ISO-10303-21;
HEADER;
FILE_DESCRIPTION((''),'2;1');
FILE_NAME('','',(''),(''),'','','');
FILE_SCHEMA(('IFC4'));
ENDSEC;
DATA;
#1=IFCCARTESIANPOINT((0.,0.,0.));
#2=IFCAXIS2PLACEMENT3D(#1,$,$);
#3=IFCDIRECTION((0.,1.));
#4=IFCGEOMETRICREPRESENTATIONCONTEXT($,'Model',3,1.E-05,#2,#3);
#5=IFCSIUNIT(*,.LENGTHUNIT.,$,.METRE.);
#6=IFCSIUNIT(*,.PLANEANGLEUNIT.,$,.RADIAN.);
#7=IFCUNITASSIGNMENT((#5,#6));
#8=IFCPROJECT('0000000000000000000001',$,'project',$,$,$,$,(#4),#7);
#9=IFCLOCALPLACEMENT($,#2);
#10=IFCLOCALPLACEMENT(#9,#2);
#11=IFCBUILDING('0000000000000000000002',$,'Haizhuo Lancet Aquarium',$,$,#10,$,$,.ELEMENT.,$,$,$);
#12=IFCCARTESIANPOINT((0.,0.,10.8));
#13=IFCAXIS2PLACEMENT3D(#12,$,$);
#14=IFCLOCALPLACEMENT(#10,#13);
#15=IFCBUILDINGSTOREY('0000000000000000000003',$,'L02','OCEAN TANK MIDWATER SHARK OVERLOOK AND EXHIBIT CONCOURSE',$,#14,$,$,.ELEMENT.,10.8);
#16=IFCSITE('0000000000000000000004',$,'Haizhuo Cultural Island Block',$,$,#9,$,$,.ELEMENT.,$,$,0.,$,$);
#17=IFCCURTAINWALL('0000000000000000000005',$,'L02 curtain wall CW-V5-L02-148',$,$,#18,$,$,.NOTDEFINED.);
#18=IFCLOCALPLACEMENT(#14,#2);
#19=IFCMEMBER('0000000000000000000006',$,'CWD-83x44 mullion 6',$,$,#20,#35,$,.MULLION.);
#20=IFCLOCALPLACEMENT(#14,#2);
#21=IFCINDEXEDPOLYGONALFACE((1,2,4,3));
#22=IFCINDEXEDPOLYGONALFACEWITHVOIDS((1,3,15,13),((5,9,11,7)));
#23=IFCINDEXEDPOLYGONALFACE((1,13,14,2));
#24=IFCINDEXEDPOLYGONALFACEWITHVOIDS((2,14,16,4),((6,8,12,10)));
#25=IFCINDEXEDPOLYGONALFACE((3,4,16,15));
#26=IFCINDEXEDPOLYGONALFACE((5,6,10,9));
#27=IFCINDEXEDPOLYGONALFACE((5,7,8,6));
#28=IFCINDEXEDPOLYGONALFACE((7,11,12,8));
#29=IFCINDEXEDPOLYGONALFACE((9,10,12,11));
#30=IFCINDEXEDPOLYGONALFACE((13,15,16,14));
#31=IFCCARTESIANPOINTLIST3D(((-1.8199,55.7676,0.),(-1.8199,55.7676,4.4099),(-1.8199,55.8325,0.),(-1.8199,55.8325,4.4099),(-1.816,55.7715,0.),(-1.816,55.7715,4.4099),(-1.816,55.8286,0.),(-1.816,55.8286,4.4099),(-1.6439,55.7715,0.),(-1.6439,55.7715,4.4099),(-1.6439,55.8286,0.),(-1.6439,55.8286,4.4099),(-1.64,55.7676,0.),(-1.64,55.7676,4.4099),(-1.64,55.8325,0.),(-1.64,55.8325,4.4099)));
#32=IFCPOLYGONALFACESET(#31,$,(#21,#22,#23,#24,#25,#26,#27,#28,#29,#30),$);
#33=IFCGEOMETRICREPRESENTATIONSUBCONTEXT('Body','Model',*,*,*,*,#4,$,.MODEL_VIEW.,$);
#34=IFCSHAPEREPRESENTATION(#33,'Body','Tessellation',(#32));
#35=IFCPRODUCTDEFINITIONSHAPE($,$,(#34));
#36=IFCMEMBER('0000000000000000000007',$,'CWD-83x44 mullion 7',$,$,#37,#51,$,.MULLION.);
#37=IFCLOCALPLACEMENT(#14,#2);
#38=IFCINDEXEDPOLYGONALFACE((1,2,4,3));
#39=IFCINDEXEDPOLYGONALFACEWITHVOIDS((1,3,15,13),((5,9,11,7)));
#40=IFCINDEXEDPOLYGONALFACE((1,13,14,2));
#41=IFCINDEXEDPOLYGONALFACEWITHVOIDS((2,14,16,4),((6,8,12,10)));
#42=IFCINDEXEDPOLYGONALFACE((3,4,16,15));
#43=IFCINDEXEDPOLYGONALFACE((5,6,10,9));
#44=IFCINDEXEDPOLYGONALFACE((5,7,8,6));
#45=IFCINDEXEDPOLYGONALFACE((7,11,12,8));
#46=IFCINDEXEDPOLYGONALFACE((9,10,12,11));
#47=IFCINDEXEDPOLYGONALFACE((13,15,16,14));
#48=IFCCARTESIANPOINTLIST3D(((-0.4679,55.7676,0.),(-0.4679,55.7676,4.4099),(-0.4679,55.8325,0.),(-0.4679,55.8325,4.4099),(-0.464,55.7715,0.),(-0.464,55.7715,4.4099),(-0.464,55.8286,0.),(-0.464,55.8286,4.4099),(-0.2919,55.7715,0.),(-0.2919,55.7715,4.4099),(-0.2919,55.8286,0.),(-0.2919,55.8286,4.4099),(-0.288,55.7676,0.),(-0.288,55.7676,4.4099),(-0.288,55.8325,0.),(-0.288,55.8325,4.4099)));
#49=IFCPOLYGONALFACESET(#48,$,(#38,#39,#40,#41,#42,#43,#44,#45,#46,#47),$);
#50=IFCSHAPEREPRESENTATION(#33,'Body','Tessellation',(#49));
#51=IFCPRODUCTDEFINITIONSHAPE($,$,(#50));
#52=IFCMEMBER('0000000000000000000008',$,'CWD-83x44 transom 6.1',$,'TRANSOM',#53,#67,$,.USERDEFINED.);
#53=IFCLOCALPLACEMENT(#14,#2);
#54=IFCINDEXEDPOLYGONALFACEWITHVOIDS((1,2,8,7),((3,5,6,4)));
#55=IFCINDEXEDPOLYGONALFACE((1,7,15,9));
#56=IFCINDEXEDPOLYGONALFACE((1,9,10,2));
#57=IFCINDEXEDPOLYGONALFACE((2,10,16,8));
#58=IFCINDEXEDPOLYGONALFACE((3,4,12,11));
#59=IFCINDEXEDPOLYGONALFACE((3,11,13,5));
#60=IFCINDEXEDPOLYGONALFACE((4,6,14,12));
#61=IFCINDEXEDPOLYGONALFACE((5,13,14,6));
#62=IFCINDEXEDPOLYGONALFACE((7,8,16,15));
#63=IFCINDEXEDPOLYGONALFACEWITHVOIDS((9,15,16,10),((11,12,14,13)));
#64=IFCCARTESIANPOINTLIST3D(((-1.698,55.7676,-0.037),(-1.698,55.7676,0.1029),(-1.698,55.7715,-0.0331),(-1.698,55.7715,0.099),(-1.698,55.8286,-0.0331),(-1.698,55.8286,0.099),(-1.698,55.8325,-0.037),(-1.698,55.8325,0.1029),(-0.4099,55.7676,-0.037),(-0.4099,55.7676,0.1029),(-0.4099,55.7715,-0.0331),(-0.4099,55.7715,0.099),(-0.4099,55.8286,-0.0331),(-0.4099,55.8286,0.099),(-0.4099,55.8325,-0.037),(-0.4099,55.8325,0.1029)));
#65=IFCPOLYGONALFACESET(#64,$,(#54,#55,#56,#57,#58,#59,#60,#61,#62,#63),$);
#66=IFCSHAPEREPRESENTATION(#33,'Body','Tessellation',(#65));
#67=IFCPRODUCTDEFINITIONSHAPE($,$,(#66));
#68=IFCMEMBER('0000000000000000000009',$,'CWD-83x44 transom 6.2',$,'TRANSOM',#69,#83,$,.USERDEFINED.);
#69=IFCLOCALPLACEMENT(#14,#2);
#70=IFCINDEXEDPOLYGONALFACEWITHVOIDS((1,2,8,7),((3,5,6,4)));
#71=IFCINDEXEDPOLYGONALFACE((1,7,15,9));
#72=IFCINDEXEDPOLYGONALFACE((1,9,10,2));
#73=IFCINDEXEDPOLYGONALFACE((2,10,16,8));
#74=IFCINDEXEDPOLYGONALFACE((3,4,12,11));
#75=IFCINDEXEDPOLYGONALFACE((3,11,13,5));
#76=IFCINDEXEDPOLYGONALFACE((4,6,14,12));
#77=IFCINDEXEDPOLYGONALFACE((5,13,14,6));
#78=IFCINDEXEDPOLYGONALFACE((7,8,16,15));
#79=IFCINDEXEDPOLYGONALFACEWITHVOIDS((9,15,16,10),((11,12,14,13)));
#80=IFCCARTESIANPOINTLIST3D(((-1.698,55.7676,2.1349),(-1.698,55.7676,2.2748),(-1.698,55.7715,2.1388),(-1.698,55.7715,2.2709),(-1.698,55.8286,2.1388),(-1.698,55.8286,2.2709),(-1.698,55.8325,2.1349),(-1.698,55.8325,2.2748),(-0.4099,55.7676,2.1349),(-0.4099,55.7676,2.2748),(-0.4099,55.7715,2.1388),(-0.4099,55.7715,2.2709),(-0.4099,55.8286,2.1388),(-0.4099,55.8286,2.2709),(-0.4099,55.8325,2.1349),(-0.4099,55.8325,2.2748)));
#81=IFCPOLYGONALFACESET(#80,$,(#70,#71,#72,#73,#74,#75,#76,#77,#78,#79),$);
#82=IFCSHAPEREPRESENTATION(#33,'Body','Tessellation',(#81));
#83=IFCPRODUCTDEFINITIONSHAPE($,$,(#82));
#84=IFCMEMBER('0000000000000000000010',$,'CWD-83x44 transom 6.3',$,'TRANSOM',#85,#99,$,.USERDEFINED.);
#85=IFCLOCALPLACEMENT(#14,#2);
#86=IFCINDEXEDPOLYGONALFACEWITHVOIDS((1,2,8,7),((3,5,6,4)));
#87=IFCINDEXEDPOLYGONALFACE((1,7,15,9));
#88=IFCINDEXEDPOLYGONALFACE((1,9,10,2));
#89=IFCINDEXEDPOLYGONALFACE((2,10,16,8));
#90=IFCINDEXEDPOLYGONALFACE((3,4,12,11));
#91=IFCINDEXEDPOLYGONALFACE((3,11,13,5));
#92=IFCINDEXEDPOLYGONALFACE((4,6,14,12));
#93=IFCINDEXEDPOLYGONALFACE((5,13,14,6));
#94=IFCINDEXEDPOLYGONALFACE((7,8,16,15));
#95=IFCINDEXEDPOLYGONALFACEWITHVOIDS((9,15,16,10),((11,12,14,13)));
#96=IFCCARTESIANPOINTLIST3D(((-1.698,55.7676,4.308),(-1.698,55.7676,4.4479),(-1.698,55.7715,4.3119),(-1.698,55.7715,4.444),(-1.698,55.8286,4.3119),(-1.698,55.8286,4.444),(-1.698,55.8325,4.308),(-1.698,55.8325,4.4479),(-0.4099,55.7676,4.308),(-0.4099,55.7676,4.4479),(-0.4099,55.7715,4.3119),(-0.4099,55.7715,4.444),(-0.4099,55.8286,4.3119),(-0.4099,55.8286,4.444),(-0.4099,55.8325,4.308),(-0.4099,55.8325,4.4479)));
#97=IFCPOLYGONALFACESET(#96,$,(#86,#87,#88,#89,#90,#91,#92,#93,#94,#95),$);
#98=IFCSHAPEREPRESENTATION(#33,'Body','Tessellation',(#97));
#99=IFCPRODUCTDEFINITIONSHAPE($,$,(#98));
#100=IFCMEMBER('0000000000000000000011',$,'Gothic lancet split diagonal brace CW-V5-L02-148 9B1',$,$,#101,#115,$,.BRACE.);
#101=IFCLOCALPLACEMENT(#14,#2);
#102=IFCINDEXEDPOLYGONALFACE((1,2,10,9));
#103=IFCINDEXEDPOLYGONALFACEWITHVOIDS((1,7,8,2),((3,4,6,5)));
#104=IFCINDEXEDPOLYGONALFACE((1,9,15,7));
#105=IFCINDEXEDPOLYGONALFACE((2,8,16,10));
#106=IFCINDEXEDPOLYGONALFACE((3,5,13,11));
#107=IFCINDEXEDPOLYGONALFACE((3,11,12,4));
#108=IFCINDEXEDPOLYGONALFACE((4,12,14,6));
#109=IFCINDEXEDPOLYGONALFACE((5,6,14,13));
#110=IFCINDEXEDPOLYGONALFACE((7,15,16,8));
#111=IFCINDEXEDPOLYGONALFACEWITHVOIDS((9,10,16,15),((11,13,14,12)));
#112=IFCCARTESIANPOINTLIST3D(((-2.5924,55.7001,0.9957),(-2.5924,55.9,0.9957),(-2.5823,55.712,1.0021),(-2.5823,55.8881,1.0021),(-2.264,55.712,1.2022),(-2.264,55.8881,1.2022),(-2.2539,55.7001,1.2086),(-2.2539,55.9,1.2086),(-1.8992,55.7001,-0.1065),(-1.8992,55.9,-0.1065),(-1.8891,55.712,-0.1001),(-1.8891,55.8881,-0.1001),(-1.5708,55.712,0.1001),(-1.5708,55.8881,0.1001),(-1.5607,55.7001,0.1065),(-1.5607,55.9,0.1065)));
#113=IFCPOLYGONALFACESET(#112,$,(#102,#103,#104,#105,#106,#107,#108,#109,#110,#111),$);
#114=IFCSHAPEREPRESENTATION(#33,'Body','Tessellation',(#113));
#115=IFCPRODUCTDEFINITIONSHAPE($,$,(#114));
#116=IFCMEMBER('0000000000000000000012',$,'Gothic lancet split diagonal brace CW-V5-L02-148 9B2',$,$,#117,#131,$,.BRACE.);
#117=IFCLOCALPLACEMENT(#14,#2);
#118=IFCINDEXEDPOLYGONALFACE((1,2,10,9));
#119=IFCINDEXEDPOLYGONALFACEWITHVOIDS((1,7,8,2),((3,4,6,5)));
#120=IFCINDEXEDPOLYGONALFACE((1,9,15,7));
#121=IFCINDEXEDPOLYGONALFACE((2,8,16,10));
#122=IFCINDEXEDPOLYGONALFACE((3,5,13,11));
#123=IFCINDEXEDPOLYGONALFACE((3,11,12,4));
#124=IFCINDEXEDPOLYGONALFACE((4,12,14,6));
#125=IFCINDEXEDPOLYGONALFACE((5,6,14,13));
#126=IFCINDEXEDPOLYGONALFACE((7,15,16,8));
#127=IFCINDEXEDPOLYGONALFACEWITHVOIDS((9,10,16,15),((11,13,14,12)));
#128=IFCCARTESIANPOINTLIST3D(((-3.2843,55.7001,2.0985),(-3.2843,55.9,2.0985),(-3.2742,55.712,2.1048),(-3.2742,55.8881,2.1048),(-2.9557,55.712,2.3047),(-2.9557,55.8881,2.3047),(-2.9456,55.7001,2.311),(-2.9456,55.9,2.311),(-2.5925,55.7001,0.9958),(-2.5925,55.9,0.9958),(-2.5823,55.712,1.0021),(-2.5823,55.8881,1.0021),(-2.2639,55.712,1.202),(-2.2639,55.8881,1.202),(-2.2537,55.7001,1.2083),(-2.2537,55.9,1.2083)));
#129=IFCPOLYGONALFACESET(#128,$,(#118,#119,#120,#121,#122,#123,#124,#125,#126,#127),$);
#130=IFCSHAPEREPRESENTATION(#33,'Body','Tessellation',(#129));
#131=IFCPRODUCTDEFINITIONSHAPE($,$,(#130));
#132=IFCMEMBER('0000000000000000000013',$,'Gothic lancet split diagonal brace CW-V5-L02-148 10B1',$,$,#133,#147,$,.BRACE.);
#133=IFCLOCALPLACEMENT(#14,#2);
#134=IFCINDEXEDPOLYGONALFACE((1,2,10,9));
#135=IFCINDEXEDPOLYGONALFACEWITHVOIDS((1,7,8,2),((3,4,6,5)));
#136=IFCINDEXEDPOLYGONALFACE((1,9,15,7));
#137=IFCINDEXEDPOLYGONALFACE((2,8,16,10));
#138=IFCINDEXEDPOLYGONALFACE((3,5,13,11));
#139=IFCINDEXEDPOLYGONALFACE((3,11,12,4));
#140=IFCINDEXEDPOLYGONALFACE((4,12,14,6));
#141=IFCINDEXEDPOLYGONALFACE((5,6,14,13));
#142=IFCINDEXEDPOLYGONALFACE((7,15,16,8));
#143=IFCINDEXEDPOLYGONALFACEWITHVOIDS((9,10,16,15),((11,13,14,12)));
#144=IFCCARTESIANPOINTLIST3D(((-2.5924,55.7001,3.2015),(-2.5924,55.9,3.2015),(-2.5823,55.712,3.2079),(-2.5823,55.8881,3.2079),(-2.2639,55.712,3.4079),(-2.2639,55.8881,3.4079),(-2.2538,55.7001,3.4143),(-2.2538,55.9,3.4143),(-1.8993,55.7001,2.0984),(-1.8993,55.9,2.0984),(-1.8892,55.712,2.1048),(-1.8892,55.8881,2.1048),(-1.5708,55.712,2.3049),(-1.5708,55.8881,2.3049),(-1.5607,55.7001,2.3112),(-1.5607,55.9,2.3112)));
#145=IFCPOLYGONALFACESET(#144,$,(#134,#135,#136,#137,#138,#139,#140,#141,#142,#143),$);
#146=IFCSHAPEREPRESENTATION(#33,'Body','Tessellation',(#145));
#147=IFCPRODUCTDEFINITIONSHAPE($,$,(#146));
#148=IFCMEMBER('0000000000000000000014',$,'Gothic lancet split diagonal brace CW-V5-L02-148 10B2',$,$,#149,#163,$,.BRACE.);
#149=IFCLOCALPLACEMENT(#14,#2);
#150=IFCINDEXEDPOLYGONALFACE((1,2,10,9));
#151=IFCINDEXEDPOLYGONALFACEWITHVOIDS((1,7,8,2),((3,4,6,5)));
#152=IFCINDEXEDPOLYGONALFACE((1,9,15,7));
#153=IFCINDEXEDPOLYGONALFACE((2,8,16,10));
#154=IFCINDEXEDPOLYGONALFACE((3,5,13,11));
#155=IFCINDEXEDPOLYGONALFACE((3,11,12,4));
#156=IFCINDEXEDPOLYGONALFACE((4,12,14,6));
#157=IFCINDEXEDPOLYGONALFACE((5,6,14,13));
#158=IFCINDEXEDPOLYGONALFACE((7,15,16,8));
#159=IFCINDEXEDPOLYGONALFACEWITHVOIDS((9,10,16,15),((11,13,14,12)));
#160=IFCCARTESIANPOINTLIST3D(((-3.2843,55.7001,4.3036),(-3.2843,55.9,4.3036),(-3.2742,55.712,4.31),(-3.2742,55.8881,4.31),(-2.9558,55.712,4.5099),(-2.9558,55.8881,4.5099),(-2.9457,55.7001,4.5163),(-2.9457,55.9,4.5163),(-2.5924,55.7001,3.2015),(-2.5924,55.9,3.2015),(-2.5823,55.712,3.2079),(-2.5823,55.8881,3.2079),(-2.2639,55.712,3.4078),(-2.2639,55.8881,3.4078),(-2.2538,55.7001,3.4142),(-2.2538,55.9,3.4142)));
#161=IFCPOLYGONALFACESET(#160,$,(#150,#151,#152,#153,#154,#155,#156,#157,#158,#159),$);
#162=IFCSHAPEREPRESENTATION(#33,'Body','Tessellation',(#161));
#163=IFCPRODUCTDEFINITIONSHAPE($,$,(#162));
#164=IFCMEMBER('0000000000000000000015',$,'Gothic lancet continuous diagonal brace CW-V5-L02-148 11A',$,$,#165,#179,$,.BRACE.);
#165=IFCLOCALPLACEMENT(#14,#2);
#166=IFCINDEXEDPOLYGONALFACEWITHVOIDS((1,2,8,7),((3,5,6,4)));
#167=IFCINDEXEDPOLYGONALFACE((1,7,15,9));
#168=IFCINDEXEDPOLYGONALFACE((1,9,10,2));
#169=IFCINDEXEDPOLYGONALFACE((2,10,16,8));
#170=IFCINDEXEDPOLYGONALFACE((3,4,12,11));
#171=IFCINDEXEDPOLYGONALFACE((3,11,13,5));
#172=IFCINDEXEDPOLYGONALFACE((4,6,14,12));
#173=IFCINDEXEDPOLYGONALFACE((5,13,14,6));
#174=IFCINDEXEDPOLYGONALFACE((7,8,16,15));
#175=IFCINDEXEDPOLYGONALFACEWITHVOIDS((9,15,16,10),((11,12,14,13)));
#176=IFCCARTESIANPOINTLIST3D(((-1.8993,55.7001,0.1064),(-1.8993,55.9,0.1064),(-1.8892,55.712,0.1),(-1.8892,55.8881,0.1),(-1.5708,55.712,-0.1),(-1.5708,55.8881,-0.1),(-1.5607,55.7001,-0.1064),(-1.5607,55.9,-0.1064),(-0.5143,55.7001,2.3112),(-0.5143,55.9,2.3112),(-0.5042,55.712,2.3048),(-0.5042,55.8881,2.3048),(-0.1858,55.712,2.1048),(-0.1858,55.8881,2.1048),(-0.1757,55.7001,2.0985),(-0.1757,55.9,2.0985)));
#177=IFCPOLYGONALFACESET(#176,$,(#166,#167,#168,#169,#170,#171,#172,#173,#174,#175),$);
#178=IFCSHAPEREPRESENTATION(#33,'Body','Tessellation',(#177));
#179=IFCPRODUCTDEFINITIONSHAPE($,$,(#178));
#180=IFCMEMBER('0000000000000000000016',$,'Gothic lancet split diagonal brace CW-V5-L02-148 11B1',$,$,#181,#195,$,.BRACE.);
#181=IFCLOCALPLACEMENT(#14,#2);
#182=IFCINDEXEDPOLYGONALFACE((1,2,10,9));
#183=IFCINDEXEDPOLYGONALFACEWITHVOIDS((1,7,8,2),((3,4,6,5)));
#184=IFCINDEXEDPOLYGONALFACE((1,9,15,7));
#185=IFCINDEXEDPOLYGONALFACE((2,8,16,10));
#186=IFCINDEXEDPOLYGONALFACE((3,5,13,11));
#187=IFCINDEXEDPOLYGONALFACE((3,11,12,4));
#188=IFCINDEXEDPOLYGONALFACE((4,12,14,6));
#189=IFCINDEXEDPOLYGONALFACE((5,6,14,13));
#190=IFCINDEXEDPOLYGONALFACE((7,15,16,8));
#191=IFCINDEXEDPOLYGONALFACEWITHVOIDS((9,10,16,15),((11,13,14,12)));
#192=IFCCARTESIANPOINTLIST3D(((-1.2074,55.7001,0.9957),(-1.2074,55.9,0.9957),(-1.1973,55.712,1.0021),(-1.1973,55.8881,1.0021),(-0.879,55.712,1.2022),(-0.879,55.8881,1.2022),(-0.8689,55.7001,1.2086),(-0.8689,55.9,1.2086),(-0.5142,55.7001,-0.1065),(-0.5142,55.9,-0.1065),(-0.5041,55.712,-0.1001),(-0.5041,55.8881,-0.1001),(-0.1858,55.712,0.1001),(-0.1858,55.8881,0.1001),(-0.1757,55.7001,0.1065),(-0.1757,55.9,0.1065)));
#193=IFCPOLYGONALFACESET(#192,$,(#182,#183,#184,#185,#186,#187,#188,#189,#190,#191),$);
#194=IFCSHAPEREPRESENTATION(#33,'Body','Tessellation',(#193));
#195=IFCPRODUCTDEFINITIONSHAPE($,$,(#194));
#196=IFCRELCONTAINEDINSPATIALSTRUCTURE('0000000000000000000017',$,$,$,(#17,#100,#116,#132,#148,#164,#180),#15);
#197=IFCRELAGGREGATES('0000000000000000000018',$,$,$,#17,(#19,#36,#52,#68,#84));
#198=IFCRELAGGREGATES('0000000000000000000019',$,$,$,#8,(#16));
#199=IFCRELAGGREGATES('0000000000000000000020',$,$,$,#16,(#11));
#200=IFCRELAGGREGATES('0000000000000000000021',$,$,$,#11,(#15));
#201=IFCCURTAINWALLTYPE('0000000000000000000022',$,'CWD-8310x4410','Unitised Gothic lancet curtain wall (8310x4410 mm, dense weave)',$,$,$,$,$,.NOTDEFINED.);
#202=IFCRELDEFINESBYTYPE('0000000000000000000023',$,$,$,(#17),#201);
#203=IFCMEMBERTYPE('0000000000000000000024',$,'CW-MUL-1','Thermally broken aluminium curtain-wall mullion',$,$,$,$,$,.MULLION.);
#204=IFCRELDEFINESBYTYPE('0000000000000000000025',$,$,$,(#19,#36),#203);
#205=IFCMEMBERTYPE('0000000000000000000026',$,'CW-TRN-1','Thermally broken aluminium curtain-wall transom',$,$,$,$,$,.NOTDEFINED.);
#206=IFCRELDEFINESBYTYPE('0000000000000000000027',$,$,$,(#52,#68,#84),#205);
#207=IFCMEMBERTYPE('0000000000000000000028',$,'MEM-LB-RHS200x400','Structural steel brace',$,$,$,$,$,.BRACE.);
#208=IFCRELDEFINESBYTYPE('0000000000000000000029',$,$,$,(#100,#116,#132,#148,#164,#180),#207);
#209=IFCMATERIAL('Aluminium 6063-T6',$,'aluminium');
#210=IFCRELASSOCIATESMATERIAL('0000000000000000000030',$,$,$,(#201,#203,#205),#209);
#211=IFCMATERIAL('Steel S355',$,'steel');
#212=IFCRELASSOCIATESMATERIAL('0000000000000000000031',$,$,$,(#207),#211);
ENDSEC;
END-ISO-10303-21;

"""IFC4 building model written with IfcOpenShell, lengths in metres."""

from ifc_helpers import new_model, si_unit, direction, frame, origin, origin_2d, place, context, subcontext, project, spatial, hollow_rectangle, extrude, material, material_profile, profile_set, type_object, element, aggregate, save


model = new_model("IFC4")

# Units and contexts
model_context = context("Model", 3, precision=1e-05, world=origin(), true_north=direction((0.0, 1.0)))
body_context = subcontext(model_context, "Body", "Model", "MODEL_VIEW")
ifc_project = project(units=[si_unit("LENGTHUNIT", "METRE"), si_unit("PLANEANGLEUNIT", "RADIAN")], contexts=[model_context])

# Site, building, storey
site_placement = place(None, origin())
site = spatial("IfcSite", under=ifc_project, at=site_placement, Name="Haizhuo Cultural Island Block", CompositionType="ELEMENT", RefElevation=0.0)
building_placement = place(site_placement, origin())
building = spatial("IfcBuilding", under=site, at=building_placement, Name="Haizhuo Lancet Aquarium", CompositionType="ELEMENT")
storey_placement = place(building_placement, frame((0.0, 0.0, 10.8)))
storey = spatial("IfcBuildingStorey", under=building, at=storey_placement, Name="L02", Description="OCEAN TANK MIDWATER SHARK OVERLOOK AND EXHIBIT CONCOURSE", CompositionType="ELEMENT", Elevation=10.8)

# Curtain wall, members
ifc_material_1 = material(Name="Aluminium 6063-T6", Category="aluminium")
curtain_wall_type = type_object("IfcCurtainWallType", Name="CWD-8310x4410", Description="Unitised Gothic lancet curtain wall (8310x4410 mm, dense weave)", PredefinedType="NOTDEFINED", material=ifc_material_1)
curtain_wall_placement = place(storey_placement, origin())
curtain_wall = element("IfcCurtainWall", 1, at=curtain_wall_placement, inside=storey, type_object=curtain_wall_type, Name="L02 curtain wall CW-V5-L02-148", PredefinedType="NOTDEFINED")
ifc_material_profile_1 = material_profile(ifc_material_1, hollow_rectangle(XDim=0.0649, YDim=0.1799, WallThickness=0.0039, at=origin_2d()), Name="ALU-M 65x180x4")
ifc_profile_set_1 = profile_set([ifc_material_profile_1], Name="Aluminium 6063-T6")
member_type_1 = type_object("IfcMemberType", Name="CW-MUL-1", Description="Thermally broken aluminium curtain-wall mullion", PredefinedType="MULLION", material=ifc_profile_set_1)
member_1_placement = place(storey_placement, frame((-1.73, 55.8, 0.0), z_axis=(0.0, 0.0, 1.0), x_axis=(0.0, 1.0, 0.0)))
member_1 = element("IfcMember", 2, at=member_1_placement, type_object=member_type_1, Name="CWD-83x44 mullion 6", PredefinedType="MULLION", context=body_context, shape_type="SweptSolid", body=[
    extrude(hollow_rectangle(XDim=0.0649, YDim=0.1799, WallThickness=0.0039, at=origin_2d()), origin(), (0.0, 0.0, 1.0), 4.4099),
])
member_2_placement = place(storey_placement, frame((-0.3779, 55.8, 0.0), z_axis=(0.0, 0.0, 1.0), x_axis=(0.0, 1.0, 0.0)))
member_2 = element("IfcMember", 3, at=member_2_placement, type_object=member_type_1, Name="CWD-83x44 mullion 7", PredefinedType="MULLION", context=body_context, shape_type="SweptSolid", body=[
    extrude(hollow_rectangle(XDim=0.0649, YDim=0.1799, WallThickness=0.0039, at=origin_2d()), origin(), (0.0, 0.0, 1.0), 4.4099),
])
ifc_material_profile_2 = material_profile(ifc_material_1, hollow_rectangle(XDim=0.0649, YDim=0.1399, WallThickness=0.0039, at=origin_2d()), Name="ALU-T 65x140x4")
ifc_profile_set_2 = profile_set([ifc_material_profile_2], Name="Aluminium 6063-T6")
member_type_2 = type_object("IfcMemberType", Name="CW-TRN-1", Description="Thermally broken aluminium curtain-wall transom", PredefinedType="NOTDEFINED", material=ifc_profile_set_2)
member_3_placement = place(storey_placement, frame((-1.698, 55.8, 0.033), z_axis=(1.0, 0.0, 0.0), x_axis=(0.0, 1.0, 0.0)))
member_3 = element("IfcMember", 4, at=member_3_placement, type_object=member_type_2, Name="CWD-83x44 transom 6.1", ObjectType="TRANSOM", PredefinedType="USERDEFINED", context=body_context, shape_type="SweptSolid", body=[
    extrude(hollow_rectangle(XDim=0.0649, YDim=0.1399, WallThickness=0.0039, at=origin_2d()), origin(), (0.0, 0.0, 1.0), 1.2881),
])
member_4_placement = place(storey_placement, frame((-1.698, 55.8, 2.2048), z_axis=(1.0, 0.0, 0.0), x_axis=(0.0, 1.0, 0.0)))
member_4 = element("IfcMember", 5, at=member_4_placement, type_object=member_type_2, Name="CWD-83x44 transom 6.2", ObjectType="TRANSOM", PredefinedType="USERDEFINED", context=body_context, shape_type="SweptSolid", body=[
    extrude(hollow_rectangle(XDim=0.0649, YDim=0.1399, WallThickness=0.0039, at=origin_2d()), origin(), (0.0, 0.0, 1.0), 1.2881),
])
member_5_placement = place(storey_placement, frame((-1.698, 55.8, 4.3779), z_axis=(1.0, 0.0, 0.0), x_axis=(0.0, 1.0, 0.0)))
member_5 = element("IfcMember", 6, at=member_5_placement, type_object=member_type_2, Name="CWD-83x44 transom 6.3", ObjectType="TRANSOM", PredefinedType="USERDEFINED", context=body_context, shape_type="SweptSolid", body=[
    extrude(hollow_rectangle(XDim=0.0649, YDim=0.1399, WallThickness=0.0039, at=origin_2d()), origin(), (0.0, 0.0, 1.0), 1.2881),
])

# Members
ifc_material_2 = material(Name="Steel S355", Category="steel")
ifc_material_profile_3 = material_profile(ifc_material_2, hollow_rectangle(XDim=0.2, YDim=0.3999, WallThickness=0.012, at=origin_2d()), Name="RHS 200x400x12")
ifc_profile_set_3 = profile_set([ifc_material_profile_3], Name="Steel S355")
member_type_3 = type_object("IfcMemberType", Name="MEM-LB-RHS200x400", Description="Structural steel brace", PredefinedType="BRACE", material=ifc_profile_set_3)
member_6_placement = place(storey_placement, frame((-1.73, 55.8, 0.0), z_axis=(-0.53239, 0.0, 0.846499), x_axis=(0.0, -1.0, 0.0)))
element("IfcMember", 7, at=member_6_placement, inside=storey, type_object=member_type_3, Name="Gothic lancet split diagonal brace CW-V5-L02-148 9B1", PredefinedType="BRACE", context=body_context, shape_type="SweptSolid", body=[
    extrude(hollow_rectangle(XDim=0.2, YDim=0.3999, WallThickness=0.012, at=origin_2d()), origin(), (0.0, 0.0, 1.0), 1.302),
])
member_7_placement = place(storey_placement, frame((-2.4231, 55.8, 1.1021), z_axis=(-0.531465, 0.0, 0.84708), x_axis=(0.0, -1.0, 0.0)))
element("IfcMember", 8, at=member_7_placement, inside=storey, type_object=member_type_3, Name="Gothic lancet split diagonal brace CW-V5-L02-148 9B2", PredefinedType="BRACE", context=body_context, shape_type="SweptSolid", body=[
    extrude(hollow_rectangle(XDim=0.2, YDim=0.3999, WallThickness=0.012, at=origin_2d()), origin(), (0.0, 0.0, 1.0), 1.3018),
])
member_8_placement = place(storey_placement, frame((-1.73, 55.8, 2.2048), z_axis=(-0.532053, 0.0, 0.846711), x_axis=(0.0, -1.0, 0.0)))
element("IfcMember", 9, at=member_8_placement, inside=storey, type_object=member_type_3, Name="Gothic lancet split diagonal brace CW-V5-L02-148 10B1", PredefinedType="BRACE", context=body_context, shape_type="SweptSolid", body=[
    extrude(hollow_rectangle(XDim=0.2, YDim=0.3999, WallThickness=0.012, at=origin_2d()), origin(), (0.0, 0.0, 1.0), 1.3027),
])
member_9_placement = place(storey_placement, frame((-2.4231, 55.8, 3.3079), z_axis=(-0.531718, 0.0, 0.846921), x_axis=(0.0, -1.0, 0.0)))
element("IfcMember", 10, at=member_9_placement, inside=storey, type_object=member_type_3, Name="Gothic lancet split diagonal brace CW-V5-L02-148 10B2", PredefinedType="BRACE", context=body_context, shape_type="SweptSolid", body=[
    extrude(hollow_rectangle(XDim=0.2, YDim=0.3999, WallThickness=0.012, at=origin_2d()), origin(), (0.0, 0.0, 1.0), 1.3013),
])
member_10_placement = place(storey_placement, frame((-1.73, 55.8, 0.0), z_axis=(0.531928, 0.0, 0.84679), x_axis=(0.0, 1.0, 0.0)))
element("IfcMember", 11, at=member_10_placement, inside=storey, type_object=member_type_3, Name="Gothic lancet continuous diagonal brace CW-V5-L02-148 11A", PredefinedType="BRACE", context=body_context, shape_type="SweptSolid", body=[
    extrude(hollow_rectangle(XDim=0.2, YDim=0.3999, WallThickness=0.012, at=origin_2d()), origin(), (0.0, 0.0, 1.0), 2.6038),
])
member_11_placement = place(storey_placement, frame((-0.345, 55.8, 0.0), z_axis=(-0.53239, 0.0, 0.846499), x_axis=(0.0, -1.0, 0.0)))
element("IfcMember", 12, at=member_11_placement, inside=storey, type_object=member_type_3, Name="Gothic lancet split diagonal brace CW-V5-L02-148 11B1", PredefinedType="BRACE", context=body_context, shape_type="SweptSolid", body=[
    extrude(hollow_rectangle(XDim=0.2, YDim=0.3999, WallThickness=0.012, at=origin_2d()), origin(), (0.0, 0.0, 1.0), 1.302),
])

aggregate(curtain_wall, [member_1, member_2, member_3, member_4, member_5])

save(model, "model.ifc")
